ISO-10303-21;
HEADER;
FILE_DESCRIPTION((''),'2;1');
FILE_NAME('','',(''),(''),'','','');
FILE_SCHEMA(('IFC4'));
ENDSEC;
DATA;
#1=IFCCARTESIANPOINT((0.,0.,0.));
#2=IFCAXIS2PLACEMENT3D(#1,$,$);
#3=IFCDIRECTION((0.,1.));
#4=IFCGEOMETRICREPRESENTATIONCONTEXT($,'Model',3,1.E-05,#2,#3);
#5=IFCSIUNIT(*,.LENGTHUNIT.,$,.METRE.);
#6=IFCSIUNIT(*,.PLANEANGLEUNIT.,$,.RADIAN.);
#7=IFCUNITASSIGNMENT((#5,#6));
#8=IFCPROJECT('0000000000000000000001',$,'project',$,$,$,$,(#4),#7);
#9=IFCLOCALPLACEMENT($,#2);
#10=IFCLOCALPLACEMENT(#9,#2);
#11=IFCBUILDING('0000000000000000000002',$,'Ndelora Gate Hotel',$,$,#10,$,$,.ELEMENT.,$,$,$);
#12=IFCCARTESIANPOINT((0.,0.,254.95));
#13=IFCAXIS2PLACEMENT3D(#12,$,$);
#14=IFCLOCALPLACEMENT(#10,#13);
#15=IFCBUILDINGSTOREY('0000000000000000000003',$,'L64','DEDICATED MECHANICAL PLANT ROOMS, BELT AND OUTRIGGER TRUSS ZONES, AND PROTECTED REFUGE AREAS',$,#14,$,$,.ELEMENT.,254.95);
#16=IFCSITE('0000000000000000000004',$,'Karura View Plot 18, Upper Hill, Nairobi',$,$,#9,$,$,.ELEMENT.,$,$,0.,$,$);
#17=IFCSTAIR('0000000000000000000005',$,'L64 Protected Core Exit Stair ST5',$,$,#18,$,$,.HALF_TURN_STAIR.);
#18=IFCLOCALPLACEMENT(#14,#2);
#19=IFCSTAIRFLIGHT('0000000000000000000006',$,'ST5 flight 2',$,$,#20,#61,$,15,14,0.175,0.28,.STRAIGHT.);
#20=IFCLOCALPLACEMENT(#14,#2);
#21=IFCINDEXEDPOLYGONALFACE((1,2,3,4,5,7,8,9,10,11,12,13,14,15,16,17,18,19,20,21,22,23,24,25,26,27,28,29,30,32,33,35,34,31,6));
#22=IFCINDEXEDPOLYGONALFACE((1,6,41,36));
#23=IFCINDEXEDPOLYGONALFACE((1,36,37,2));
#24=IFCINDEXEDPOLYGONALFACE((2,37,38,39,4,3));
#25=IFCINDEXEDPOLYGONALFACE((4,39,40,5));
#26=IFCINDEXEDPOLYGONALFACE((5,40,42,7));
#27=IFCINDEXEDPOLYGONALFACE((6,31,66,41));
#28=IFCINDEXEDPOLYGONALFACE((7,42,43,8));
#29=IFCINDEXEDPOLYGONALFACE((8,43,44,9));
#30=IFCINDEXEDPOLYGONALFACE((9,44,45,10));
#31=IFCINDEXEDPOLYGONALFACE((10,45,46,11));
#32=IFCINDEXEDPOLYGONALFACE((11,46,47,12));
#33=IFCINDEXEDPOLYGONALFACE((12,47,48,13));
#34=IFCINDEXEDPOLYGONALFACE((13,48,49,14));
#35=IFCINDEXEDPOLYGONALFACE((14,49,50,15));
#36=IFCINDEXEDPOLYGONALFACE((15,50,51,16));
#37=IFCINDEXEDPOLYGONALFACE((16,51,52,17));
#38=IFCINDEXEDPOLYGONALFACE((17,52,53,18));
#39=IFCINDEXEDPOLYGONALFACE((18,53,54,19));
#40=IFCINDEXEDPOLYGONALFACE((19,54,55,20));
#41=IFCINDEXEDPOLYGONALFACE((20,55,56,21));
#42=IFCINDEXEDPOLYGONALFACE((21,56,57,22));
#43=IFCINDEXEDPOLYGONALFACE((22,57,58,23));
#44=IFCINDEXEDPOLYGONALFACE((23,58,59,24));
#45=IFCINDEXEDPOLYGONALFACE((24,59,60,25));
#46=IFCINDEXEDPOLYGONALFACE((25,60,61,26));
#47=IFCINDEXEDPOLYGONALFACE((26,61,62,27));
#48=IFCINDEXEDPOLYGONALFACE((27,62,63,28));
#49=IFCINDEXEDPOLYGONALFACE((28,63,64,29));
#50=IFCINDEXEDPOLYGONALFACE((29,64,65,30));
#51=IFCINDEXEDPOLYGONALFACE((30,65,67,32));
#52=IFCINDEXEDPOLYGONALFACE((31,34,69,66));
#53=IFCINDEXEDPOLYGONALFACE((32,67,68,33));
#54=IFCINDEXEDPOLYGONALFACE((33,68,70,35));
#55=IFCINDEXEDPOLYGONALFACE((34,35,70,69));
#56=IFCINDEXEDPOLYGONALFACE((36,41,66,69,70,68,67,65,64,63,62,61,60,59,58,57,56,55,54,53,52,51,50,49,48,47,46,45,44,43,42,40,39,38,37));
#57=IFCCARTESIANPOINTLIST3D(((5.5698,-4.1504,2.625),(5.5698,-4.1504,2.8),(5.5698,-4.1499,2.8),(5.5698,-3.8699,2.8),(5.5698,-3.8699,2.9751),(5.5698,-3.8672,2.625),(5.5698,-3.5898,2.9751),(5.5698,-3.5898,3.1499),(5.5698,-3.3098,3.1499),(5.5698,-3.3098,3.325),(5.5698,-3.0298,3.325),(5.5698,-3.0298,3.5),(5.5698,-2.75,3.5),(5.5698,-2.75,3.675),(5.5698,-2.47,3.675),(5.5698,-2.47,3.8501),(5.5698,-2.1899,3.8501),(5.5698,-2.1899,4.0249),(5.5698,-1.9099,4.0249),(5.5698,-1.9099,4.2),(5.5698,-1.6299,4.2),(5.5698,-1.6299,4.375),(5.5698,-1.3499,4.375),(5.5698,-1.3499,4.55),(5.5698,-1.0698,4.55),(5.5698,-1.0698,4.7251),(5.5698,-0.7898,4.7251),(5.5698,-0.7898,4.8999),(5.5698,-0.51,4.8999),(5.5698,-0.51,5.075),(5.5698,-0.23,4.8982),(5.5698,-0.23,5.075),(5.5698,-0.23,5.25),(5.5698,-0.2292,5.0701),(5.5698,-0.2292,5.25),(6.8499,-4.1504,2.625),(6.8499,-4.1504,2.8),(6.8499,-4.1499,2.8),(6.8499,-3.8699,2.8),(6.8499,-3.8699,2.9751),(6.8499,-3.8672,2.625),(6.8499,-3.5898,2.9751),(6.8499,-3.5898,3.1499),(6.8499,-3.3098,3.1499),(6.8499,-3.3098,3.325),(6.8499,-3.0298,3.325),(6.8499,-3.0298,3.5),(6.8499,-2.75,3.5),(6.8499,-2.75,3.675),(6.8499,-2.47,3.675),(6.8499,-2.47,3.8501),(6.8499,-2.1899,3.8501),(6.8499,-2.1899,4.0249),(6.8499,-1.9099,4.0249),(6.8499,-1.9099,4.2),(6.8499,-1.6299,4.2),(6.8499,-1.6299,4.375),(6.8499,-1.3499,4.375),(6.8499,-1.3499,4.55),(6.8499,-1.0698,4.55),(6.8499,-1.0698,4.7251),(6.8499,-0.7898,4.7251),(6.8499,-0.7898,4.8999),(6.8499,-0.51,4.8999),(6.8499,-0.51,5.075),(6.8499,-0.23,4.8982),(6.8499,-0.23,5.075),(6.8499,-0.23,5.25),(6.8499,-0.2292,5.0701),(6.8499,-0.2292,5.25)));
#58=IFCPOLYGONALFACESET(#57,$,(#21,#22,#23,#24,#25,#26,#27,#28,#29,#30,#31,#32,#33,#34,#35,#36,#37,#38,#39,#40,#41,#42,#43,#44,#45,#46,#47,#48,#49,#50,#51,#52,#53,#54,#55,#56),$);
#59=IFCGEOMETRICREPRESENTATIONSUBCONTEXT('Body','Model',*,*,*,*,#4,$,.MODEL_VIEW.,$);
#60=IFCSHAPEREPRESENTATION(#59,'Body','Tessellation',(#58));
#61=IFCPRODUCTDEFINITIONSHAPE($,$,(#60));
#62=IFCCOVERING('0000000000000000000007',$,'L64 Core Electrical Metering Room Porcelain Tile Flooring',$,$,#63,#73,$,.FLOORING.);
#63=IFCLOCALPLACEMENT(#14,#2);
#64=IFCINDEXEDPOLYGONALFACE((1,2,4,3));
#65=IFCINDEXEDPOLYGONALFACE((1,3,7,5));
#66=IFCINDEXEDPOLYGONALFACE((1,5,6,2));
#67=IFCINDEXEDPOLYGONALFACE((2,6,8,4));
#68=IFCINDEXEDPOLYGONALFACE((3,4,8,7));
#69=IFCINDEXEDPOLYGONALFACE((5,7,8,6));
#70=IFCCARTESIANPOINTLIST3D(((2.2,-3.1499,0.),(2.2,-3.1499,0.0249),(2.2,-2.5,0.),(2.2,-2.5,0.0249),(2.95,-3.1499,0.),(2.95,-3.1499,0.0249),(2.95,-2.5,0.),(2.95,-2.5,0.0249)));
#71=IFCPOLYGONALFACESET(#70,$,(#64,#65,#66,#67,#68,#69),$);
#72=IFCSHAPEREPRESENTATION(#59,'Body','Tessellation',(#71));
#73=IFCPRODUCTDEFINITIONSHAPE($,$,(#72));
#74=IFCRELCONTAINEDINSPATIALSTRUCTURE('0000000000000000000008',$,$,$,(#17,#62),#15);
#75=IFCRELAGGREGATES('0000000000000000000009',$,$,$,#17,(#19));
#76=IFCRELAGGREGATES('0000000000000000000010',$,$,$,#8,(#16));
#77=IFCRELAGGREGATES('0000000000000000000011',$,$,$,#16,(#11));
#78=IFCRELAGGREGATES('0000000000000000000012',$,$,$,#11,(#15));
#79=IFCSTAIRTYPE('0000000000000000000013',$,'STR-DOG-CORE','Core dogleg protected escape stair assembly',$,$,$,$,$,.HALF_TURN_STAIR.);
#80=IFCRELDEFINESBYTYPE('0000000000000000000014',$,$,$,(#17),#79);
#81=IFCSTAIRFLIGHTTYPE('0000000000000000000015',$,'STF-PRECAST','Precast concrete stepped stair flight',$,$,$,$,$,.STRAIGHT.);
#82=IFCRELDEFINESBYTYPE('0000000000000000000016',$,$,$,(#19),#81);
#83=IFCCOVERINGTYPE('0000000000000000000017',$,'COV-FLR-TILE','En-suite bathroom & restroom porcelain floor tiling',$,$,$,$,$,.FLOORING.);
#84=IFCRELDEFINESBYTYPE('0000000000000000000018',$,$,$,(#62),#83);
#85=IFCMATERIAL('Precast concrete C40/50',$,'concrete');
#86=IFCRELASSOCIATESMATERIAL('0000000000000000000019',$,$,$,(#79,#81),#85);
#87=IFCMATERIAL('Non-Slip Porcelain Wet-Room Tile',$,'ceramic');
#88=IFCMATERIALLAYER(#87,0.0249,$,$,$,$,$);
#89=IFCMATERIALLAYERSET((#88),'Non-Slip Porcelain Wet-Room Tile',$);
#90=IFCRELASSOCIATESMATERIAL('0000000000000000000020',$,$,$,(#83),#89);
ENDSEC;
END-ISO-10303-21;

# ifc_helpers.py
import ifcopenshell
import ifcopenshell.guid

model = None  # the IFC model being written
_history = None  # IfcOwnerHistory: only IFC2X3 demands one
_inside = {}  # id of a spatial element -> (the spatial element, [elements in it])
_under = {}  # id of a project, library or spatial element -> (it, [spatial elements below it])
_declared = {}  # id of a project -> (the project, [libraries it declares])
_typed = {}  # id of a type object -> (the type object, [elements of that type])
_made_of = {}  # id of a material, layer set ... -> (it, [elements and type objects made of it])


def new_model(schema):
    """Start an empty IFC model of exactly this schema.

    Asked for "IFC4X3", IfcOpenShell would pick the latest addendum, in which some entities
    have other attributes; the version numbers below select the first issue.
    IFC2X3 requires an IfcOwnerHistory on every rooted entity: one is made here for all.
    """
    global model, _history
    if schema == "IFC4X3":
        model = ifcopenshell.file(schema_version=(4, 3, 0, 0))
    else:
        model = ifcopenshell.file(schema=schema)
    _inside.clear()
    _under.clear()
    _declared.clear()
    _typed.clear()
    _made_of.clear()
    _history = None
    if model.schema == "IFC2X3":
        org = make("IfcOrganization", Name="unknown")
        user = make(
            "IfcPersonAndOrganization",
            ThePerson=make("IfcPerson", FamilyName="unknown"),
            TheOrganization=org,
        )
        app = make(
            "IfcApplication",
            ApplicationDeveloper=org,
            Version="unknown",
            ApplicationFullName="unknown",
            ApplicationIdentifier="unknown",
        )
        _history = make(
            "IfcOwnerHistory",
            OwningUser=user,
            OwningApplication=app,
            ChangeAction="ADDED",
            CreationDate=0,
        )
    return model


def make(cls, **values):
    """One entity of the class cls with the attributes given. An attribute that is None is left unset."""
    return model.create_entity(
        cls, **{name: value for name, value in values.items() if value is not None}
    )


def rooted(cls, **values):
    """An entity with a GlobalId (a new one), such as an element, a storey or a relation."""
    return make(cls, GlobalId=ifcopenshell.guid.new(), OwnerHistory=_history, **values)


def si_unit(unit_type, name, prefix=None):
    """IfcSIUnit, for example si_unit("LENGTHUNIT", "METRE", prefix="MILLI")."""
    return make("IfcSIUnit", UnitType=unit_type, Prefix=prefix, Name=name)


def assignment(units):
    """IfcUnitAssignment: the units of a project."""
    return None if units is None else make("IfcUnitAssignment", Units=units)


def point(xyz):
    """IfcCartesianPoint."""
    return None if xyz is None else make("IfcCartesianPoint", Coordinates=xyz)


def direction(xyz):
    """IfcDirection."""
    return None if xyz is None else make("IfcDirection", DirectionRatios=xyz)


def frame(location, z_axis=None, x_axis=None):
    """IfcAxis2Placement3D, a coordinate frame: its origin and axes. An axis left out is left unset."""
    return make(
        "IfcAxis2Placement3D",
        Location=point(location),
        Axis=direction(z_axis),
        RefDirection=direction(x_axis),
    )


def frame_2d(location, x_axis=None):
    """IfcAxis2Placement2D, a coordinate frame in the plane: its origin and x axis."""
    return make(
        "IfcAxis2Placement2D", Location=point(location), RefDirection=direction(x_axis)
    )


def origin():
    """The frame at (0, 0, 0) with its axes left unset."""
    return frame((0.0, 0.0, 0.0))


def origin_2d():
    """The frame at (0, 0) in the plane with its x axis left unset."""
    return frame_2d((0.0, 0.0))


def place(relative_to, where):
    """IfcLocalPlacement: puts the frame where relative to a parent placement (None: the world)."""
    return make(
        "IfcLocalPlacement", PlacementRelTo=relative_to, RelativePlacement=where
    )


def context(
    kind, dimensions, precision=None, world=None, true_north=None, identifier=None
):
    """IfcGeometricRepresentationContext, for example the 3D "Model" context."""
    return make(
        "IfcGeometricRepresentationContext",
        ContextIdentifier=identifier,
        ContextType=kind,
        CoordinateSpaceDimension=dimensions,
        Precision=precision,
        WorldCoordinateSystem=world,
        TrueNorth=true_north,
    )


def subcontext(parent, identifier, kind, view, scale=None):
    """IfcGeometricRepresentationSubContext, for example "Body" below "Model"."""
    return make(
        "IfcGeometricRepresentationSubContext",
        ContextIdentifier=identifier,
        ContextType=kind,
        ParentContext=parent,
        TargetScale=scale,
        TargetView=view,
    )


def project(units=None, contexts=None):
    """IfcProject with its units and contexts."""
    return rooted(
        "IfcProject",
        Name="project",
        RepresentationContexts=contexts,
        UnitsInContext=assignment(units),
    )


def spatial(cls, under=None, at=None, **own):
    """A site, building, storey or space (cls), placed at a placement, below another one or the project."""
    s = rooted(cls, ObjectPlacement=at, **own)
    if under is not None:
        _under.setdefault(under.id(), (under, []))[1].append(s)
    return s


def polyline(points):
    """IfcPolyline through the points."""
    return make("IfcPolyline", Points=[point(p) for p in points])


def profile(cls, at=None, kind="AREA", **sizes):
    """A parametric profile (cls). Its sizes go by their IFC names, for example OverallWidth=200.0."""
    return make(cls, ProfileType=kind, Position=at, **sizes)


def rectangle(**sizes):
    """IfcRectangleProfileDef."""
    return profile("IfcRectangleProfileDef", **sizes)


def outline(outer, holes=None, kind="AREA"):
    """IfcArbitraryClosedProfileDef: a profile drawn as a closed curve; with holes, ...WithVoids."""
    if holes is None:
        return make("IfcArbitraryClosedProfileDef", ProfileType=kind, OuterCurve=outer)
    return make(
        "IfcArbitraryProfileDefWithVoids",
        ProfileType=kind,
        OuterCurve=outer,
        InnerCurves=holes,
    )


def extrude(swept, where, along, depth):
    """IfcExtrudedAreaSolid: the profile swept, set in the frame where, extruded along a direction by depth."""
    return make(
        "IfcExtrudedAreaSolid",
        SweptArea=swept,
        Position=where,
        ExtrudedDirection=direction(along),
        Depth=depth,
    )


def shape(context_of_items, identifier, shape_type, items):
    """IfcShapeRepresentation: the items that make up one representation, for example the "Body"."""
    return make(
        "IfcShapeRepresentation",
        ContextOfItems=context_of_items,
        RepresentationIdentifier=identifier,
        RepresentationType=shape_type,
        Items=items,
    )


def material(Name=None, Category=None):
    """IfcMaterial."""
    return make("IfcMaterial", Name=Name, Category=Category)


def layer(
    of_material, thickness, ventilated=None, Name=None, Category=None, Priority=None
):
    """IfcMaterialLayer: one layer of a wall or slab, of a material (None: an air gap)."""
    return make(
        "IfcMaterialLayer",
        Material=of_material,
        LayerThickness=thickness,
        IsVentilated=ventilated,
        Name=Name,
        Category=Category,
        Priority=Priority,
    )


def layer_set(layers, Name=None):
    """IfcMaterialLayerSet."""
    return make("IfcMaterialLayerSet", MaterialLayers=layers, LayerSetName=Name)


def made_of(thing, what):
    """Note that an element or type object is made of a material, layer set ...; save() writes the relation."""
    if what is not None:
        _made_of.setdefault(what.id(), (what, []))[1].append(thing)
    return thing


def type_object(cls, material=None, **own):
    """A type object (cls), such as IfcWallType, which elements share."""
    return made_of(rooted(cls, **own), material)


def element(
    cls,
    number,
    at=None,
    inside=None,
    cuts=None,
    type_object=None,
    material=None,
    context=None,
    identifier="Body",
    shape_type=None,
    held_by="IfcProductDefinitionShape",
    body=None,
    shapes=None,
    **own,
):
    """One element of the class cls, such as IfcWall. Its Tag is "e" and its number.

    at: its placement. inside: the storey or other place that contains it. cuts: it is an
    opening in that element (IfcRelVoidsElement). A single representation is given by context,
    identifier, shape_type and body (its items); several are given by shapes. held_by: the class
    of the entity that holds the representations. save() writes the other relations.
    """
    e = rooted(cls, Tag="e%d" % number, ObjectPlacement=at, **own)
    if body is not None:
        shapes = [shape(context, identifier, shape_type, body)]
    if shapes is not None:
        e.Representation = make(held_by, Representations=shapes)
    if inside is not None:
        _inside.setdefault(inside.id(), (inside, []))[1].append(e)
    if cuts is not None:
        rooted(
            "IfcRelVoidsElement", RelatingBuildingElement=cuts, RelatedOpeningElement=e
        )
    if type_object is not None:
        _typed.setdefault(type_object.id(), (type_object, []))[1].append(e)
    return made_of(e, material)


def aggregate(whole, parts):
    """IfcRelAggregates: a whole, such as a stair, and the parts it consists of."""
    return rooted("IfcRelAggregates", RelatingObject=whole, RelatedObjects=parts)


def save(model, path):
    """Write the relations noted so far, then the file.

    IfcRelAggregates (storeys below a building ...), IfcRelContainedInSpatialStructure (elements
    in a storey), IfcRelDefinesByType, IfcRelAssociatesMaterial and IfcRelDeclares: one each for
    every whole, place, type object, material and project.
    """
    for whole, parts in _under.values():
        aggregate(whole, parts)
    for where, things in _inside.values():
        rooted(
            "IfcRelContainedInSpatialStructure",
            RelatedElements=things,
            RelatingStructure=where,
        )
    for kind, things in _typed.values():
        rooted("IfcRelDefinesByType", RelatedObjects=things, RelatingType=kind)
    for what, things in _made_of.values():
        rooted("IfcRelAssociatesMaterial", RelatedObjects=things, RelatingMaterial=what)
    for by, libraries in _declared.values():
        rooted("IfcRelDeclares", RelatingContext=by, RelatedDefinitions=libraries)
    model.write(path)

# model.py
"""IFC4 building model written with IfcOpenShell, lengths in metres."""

from ifc_helpers import new_model, si_unit, direction, frame, origin, origin_2d, place, context, subcontext, project, spatial, polyline, rectangle, outline, extrude, material, layer, layer_set, type_object, element, aggregate, save


model = new_model("IFC4")

# Units and contexts
model_context = context("Model", 3, precision=1e-05, world=origin(), true_north=direction((0.0, 1.0)))
body_context = subcontext(model_context, "Body", "Model", "MODEL_VIEW")
ifc_project = project(units=[si_unit("LENGTHUNIT", "METRE"), si_unit("PLANEANGLEUNIT", "RADIAN")], contexts=[model_context])

# Site, building, storey
site_placement = place(None, origin())
site = spatial("IfcSite", under=ifc_project, at=site_placement, Name="Karura View Plot 18, Upper Hill, Nairobi", CompositionType="ELEMENT", RefElevation=0.0)
building_placement = place(site_placement, origin())
building = spatial("IfcBuilding", under=site, at=building_placement, Name="Ndelora Gate Hotel", CompositionType="ELEMENT")
storey_placement = place(building_placement, frame((0.0, 0.0, 254.95)))
storey = spatial("IfcBuildingStorey", under=building, at=storey_placement, Name="L64", Description="DEDICATED MECHANICAL PLANT ROOMS, BELT AND OUTRIGGER TRUSS ZONES, AND PROTECTED REFUGE AREAS", CompositionType="ELEMENT", Elevation=254.95)

# Stair, stair flight
ifc_material_1 = material(Name="Precast concrete C40/50", Category="concrete")
stair_type = type_object("IfcStairType", Name="STR-DOG-CORE", Description="Core dogleg protected escape stair assembly", PredefinedType="HALF_TURN_STAIR", material=ifc_material_1)
stair_placement = place(storey_placement, origin())
stair = element("IfcStair", 1, at=stair_placement, inside=storey, type_object=stair_type, Name="L64 Protected Core Exit Stair ST5", PredefinedType="HALF_TURN_STAIR")
stair_flight_type = type_object("IfcStairFlightType", Name="STF-PRECAST", Description="Precast concrete stepped stair flight", PredefinedType="STRAIGHT", material=ifc_material_1)
stair_flight_1_placement = place(storey_placement, frame((6.21, -4.1499, 2.625), z_axis=(0.0, 0.0, 1.0), x_axis=(0.0, 1.0, 0.0)))
stair_flight_1 = element("IfcStairFlight", 2, at=stair_flight_1_placement, type_object=stair_flight_type, Name="ST5 flight 2", NumberOfRisers=15, NumberOfTreads=14, PredefinedType="STRAIGHT", RiserHeight=0.175, TreadLength=0.28, context=body_context, shape_type="SweptSolid", body=[
    extrude(outline(polyline([(-0.0005, 0.0), (-0.0005, 0.175), (0.0, 0.175), (0.28, 0.175), (0.28, 0.3501), (0.5601, 0.3501), (0.5601, 0.5249), (0.8401, 0.5249), (0.8401, 0.7), (1.1201, 0.7), (1.1201, 0.875), (1.3999, 0.875), (1.3999, 1.05), (1.6799, 1.05), (1.6799, 1.2251), (1.96, 1.2251), (1.96, 1.3999), (2.24, 1.3999), (2.24, 1.575), (2.52, 1.575), (2.52, 1.75), (2.8, 1.75), (2.8, 1.925), (3.0801, 1.925), (3.0801, 2.1001), (3.3601, 2.1001), (3.3601, 2.2749), (3.6399, 2.2749), (3.6399, 2.45), (3.9199, 2.45), (3.9199, 2.625), (3.9207, 2.625), (3.9207, 2.4451), (3.9199, 2.2732), (0.2827, 0.0), (-0.0005, 0.0)])), frame((0.0, 0.6401, 0.0), z_axis=(0.0, -1.0, 0.0), x_axis=(1.0, 0.0, 0.0)), (0.0, 0.0, 1.0), 1.28),
])
aggregate(stair, [stair_flight_1])

# Covering
ifc_material_2 = material(Name="Non-Slip Porcelain Wet-Room Tile", Category="ceramic")
ifc_layer_1 = layer(ifc_material_2, 0.0249)
ifc_layer_set_1 = layer_set([ifc_layer_1], Name="Non-Slip Porcelain Wet-Room Tile")
covering_type = type_object("IfcCoveringType", Name="COV-FLR-TILE", Description="En-suite bathroom & restroom porcelain floor tiling", PredefinedType="FLOORING", material=ifc_layer_set_1)
covering_placement = place(storey_placement, frame((2.575, -2.825, 0.0), z_axis=(0.0, 0.0, 1.0), x_axis=(1.0, 0.0, 0.0)))
element("IfcCovering", 3, at=covering_placement, inside=storey, type_object=covering_type, Name="L64 Core Electrical Metering Room Porcelain Tile Flooring", PredefinedType="FLOORING", context=body_context, shape_type="SweptSolid", body=[
    extrude(rectangle(XDim=0.75, YDim=0.6499, at=origin_2d()), origin(), (0.0, 0.0, 1.0), 0.0249),
])

save(model, "model.ifc")
